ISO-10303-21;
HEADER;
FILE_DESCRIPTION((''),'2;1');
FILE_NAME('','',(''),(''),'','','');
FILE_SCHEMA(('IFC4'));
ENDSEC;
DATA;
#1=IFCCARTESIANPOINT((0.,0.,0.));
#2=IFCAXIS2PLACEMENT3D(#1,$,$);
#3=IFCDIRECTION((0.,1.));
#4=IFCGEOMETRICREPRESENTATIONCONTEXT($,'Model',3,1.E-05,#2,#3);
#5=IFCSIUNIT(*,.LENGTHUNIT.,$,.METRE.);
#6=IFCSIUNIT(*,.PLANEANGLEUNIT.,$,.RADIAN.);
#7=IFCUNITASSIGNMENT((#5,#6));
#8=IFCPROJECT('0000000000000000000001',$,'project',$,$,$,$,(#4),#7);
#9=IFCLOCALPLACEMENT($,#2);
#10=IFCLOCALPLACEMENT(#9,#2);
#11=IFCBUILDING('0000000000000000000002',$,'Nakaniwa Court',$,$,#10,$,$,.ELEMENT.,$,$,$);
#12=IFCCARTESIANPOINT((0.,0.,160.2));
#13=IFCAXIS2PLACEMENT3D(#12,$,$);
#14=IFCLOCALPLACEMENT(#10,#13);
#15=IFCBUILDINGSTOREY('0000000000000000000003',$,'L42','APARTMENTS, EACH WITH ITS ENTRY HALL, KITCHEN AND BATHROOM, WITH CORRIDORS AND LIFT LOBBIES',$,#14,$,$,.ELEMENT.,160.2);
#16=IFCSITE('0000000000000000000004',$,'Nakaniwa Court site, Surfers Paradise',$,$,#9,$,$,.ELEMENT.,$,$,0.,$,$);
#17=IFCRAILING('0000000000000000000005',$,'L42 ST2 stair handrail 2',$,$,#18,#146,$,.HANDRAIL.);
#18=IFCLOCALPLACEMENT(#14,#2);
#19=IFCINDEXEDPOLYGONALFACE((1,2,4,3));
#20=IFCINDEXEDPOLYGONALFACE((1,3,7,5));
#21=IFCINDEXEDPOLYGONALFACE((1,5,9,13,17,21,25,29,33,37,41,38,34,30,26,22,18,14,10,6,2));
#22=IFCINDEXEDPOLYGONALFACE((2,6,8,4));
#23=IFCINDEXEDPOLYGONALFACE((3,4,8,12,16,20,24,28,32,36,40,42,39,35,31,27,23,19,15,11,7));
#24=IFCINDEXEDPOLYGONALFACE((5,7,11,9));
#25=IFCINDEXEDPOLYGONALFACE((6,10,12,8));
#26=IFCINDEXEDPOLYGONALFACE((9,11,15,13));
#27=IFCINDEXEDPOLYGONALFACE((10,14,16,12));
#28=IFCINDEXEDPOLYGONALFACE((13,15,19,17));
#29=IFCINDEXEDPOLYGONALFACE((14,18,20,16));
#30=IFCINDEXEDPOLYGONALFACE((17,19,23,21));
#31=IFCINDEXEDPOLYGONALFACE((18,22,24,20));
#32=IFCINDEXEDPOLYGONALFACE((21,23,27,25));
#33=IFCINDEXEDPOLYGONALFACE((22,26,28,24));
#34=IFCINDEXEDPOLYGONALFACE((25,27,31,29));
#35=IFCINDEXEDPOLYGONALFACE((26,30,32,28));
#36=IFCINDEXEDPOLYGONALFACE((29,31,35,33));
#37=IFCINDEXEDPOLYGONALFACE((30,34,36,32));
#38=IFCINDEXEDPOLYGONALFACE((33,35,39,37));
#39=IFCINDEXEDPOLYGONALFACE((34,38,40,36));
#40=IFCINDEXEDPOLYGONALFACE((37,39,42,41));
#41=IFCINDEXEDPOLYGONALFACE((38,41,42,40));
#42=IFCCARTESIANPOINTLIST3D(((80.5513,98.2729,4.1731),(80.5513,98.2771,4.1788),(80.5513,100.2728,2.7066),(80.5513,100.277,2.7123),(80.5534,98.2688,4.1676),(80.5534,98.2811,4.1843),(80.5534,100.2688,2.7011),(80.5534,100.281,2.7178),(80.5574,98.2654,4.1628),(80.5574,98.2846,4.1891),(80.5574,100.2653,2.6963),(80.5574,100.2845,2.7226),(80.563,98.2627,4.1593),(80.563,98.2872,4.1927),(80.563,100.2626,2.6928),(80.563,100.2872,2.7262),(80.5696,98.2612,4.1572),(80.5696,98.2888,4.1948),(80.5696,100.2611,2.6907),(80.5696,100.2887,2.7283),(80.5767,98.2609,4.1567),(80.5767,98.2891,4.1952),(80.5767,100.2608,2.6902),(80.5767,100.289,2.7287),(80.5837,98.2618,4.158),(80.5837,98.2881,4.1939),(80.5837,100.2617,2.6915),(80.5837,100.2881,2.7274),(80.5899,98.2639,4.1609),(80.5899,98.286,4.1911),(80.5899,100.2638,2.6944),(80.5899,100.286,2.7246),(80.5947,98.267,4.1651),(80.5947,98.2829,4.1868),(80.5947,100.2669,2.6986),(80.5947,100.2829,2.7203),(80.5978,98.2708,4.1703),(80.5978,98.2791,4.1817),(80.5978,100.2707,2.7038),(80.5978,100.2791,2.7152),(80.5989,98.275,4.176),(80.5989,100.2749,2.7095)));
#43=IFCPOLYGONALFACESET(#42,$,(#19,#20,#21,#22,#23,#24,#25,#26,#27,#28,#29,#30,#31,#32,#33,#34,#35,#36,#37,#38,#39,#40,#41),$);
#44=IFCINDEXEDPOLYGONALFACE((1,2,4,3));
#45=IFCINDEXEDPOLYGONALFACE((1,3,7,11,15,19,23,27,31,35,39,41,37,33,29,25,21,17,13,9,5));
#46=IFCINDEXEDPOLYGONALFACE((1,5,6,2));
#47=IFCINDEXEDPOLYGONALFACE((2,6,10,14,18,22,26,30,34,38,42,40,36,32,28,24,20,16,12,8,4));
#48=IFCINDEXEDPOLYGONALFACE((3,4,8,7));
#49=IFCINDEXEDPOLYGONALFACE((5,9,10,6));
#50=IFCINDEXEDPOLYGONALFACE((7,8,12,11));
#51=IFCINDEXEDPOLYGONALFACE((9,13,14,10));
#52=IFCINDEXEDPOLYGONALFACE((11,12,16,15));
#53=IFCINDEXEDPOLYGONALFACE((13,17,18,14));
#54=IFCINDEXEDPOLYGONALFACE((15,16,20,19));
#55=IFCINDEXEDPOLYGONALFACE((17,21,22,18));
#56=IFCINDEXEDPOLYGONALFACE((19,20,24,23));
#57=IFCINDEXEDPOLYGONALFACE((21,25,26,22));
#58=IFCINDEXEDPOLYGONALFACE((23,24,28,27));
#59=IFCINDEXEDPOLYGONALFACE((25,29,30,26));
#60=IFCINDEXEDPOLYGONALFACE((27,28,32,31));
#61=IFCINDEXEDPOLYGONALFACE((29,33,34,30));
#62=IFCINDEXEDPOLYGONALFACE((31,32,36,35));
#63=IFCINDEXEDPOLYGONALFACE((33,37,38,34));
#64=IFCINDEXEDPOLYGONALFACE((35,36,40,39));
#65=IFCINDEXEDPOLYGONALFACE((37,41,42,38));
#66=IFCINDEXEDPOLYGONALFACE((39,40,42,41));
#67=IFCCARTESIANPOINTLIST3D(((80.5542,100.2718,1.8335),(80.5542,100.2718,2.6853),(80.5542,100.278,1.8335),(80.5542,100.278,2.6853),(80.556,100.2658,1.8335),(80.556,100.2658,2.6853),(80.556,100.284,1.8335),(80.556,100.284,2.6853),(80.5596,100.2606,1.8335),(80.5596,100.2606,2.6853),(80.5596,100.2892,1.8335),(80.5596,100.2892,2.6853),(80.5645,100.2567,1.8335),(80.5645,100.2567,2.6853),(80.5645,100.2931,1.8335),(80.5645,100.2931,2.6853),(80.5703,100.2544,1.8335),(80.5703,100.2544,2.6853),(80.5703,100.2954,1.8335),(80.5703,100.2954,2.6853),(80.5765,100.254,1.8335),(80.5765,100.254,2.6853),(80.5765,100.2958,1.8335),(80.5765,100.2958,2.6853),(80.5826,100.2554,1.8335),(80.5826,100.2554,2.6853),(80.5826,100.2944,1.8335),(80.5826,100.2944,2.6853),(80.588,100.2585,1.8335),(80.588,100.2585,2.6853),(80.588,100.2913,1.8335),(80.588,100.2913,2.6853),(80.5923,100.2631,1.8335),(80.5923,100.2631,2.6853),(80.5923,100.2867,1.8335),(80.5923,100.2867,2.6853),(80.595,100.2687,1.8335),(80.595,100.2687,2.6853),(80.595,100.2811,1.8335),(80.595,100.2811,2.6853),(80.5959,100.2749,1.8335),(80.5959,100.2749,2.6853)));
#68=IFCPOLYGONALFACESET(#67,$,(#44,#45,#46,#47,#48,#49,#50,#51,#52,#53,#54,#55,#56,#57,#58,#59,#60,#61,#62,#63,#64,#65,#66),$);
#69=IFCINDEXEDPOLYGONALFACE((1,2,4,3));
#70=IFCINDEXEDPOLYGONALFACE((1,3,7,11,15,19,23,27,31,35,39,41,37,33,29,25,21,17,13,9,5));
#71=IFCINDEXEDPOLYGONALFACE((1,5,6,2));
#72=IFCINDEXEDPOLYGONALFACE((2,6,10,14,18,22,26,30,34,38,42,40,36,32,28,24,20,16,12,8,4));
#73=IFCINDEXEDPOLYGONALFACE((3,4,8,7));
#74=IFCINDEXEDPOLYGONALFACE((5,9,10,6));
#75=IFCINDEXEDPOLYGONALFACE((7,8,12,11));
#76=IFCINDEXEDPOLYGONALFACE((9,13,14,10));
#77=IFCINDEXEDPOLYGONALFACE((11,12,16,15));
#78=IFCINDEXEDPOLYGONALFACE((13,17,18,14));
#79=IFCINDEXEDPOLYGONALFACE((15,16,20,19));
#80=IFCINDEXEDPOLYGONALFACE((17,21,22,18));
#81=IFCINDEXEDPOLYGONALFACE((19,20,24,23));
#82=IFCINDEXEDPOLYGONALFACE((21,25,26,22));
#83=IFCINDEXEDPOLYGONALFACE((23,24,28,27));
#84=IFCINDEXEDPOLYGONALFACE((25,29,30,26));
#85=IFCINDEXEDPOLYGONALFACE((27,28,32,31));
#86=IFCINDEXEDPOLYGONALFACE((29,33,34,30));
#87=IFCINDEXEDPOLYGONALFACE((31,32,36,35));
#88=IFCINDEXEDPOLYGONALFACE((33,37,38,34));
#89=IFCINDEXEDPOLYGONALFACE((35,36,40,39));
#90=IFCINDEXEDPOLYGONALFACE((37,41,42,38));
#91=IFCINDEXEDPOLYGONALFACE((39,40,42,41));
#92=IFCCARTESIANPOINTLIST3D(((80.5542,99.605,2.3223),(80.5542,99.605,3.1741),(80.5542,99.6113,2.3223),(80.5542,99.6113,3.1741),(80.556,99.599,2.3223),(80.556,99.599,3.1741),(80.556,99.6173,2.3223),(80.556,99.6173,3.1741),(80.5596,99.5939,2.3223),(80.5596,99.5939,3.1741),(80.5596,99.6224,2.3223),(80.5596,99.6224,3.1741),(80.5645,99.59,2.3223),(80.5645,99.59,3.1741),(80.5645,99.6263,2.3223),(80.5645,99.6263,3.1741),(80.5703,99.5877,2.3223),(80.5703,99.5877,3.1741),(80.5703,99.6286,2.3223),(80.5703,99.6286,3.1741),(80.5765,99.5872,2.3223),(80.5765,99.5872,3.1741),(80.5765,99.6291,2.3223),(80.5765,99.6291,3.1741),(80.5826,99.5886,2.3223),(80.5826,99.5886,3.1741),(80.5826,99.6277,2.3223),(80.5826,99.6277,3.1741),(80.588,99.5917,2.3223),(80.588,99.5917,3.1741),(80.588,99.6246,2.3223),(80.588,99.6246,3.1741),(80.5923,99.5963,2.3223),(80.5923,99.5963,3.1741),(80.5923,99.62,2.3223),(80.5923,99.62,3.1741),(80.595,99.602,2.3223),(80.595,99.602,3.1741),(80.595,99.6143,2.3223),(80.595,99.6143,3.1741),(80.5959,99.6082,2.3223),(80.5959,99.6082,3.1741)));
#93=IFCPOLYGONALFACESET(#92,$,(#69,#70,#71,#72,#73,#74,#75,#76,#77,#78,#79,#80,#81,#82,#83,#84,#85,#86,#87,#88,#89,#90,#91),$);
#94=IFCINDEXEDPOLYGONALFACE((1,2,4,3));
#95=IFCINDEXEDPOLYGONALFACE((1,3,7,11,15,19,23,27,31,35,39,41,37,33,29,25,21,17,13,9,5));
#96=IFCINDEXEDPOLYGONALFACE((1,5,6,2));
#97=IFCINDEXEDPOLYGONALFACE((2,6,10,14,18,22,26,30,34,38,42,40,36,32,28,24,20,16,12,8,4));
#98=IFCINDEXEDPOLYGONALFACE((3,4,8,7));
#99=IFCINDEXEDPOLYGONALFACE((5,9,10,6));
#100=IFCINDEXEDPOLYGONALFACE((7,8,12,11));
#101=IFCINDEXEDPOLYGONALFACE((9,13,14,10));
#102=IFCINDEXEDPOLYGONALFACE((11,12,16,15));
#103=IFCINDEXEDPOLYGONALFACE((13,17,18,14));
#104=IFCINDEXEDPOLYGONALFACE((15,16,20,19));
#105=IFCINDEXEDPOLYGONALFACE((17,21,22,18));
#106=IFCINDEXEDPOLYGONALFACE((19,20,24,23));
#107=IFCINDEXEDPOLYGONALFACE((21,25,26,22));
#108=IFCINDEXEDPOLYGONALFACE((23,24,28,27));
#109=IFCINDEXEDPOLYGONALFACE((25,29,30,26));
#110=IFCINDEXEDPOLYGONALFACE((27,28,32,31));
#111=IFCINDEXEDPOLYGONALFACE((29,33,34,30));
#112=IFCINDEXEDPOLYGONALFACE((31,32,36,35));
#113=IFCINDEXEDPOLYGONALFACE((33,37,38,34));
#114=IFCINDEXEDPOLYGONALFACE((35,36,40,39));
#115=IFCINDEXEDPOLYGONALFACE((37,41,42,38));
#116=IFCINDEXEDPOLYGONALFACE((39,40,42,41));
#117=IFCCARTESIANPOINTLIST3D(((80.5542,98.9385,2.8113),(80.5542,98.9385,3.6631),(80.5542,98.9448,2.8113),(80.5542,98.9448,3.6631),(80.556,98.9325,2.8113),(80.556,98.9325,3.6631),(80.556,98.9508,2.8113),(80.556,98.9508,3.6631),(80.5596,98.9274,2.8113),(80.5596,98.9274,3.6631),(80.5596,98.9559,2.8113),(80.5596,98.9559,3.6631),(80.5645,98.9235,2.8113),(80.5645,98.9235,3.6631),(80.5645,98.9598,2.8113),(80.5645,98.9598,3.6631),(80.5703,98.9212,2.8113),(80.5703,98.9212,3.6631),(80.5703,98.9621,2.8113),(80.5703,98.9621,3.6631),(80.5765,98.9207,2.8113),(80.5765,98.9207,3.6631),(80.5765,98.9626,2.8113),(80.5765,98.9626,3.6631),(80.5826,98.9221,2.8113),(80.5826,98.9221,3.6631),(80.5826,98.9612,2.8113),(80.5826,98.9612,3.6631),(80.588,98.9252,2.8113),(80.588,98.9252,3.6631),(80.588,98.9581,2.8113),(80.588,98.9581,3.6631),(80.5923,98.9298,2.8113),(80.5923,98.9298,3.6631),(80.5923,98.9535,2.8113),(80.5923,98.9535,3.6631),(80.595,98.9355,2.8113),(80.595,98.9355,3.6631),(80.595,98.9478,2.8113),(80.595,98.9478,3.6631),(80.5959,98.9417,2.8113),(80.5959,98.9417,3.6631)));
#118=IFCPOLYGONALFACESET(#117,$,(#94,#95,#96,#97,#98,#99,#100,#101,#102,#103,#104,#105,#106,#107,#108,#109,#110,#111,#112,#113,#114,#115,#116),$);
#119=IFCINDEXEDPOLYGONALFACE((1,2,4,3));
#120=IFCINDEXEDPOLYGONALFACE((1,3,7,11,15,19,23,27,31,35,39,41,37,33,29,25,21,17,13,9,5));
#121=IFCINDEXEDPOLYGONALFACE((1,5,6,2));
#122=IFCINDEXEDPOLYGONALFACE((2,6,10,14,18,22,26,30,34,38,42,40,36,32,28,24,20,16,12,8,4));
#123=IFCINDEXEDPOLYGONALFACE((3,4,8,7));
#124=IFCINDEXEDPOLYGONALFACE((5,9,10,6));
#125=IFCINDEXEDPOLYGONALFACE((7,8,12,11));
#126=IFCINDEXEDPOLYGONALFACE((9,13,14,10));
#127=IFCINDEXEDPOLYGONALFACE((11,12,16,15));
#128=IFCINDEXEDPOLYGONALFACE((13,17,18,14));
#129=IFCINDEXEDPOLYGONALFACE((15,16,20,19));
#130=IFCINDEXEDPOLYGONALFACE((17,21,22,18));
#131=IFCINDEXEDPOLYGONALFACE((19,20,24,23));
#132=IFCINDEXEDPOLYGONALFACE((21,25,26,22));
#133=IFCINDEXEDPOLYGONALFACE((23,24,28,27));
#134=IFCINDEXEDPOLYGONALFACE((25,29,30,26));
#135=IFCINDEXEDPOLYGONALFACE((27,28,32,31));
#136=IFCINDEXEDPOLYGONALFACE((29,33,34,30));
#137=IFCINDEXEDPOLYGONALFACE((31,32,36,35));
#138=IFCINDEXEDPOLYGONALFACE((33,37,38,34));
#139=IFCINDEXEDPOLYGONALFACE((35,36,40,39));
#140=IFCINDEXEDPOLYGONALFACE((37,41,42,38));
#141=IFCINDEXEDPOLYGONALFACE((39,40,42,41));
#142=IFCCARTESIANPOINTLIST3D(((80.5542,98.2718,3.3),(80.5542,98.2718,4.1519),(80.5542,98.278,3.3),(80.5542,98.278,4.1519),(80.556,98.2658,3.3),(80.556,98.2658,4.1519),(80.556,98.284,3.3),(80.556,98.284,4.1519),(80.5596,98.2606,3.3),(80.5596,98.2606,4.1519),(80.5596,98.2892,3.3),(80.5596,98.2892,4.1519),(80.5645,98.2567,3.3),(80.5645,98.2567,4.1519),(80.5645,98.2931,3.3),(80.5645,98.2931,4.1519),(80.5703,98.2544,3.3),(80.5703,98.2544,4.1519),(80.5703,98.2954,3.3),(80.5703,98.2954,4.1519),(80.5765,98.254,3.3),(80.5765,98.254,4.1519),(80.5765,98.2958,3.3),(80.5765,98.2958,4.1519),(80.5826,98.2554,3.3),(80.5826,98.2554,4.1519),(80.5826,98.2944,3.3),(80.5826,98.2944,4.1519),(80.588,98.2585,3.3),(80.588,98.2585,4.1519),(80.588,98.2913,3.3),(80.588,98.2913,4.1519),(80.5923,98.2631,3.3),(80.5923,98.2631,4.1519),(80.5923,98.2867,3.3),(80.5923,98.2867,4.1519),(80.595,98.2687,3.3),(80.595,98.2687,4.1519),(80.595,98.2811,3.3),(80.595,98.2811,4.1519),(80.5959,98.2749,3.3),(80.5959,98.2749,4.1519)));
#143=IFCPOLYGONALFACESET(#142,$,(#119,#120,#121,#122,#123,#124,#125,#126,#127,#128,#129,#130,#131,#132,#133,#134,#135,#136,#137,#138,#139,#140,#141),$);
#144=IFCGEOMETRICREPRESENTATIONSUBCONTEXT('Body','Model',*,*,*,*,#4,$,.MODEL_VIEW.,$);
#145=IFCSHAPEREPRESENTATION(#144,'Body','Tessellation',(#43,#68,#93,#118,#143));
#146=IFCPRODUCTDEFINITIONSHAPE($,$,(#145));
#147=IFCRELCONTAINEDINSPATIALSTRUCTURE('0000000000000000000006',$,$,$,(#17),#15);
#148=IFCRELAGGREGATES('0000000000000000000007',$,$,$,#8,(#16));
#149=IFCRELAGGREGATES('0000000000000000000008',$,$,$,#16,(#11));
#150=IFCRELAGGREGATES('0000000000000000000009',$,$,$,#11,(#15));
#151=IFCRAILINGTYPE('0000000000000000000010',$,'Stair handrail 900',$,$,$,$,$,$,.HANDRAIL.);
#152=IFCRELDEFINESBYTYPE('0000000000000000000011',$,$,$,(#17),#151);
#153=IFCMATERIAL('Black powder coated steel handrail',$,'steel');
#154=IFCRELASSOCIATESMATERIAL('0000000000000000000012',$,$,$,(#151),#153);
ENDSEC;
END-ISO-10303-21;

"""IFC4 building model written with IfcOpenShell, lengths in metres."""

from ifc_helpers import new_model, si_unit, direction, frame, origin, origin_2d, place, context, subcontext, project, spatial, circle, extrude, material, type_object, element, save


model = new_model("IFC4")

# Units and contexts
model_context = context("Model", 3, precision=1e-05, world=origin(), true_north=direction((0.0, 1.0)))
body_context = subcontext(model_context, "Body", "Model", "MODEL_VIEW")
ifc_project = project(units=[si_unit("LENGTHUNIT", "METRE"), si_unit("PLANEANGLEUNIT", "RADIAN")], contexts=[model_context])

# Site, building, storey
site_placement = place(None, origin())
site = spatial("IfcSite", under=ifc_project, at=site_placement, Name="Nakaniwa Court site, Surfers Paradise", CompositionType="ELEMENT", RefElevation=0.0)
building_placement = place(site_placement, origin())
building = spatial("IfcBuilding", under=site, at=building_placement, Name="Nakaniwa Court", CompositionType="ELEMENT")
storey_placement = place(building_placement, frame((0.0, 0.0, 160.2)))
storey = spatial("IfcBuildingStorey", under=building, at=storey_placement, Name="L42", Description="APARTMENTS, EACH WITH ITS ENTRY HALL, KITCHEN AND BATHROOM, WITH CORRIDORS AND LIFT LOBBIES", CompositionType="ELEMENT", Elevation=160.2)

# Railing
ifc_material_1 = material(Name="Black powder coated steel handrail", Category="steel")
railing_type_1 = type_object("IfcRailingType", Name="Stair handrail 900", PredefinedType="HANDRAIL", material=ifc_material_1)
railing_1_placement = place(storey_placement, frame((80.575, 100.2749, 1.8335)))
element("IfcRailing", 1, at=railing_1_placement, inside=storey, type_object=railing_type_1, Name="L42 ST2 stair handrail 2", PredefinedType="HANDRAIL", context=body_context, shape_type="SweptSolid", body=[
    extrude(circle(Radius=0.0239, at=origin_2d()), frame((0.0, 0.0, 0.876), z_axis=(0.0, -0.806427, 0.591334), x_axis=(1.0, 0.0, 0.0)), (0.0, 0.0, 1.0), 2.48),
    extrude(circle(Radius=0.021, at=origin_2d()), origin(), (0.0, 0.0, 1.0), 0.8518),
    extrude(circle(Radius=0.021, at=origin_2d()), frame((0.0, -0.6667, 0.4888)), (0.0, 0.0, 1.0), 0.8518),
    extrude(circle(Radius=0.021, at=origin_2d()), frame((0.0, -1.3333, 0.9778)), (0.0, 0.0, 1.0), 0.8518),
    extrude(circle(Radius=0.021, at=origin_2d()), frame((0.0, -2.0, 1.4666)), (0.0, 0.0, 1.0), 0.8518),
])

save(model, "model.ifc")
